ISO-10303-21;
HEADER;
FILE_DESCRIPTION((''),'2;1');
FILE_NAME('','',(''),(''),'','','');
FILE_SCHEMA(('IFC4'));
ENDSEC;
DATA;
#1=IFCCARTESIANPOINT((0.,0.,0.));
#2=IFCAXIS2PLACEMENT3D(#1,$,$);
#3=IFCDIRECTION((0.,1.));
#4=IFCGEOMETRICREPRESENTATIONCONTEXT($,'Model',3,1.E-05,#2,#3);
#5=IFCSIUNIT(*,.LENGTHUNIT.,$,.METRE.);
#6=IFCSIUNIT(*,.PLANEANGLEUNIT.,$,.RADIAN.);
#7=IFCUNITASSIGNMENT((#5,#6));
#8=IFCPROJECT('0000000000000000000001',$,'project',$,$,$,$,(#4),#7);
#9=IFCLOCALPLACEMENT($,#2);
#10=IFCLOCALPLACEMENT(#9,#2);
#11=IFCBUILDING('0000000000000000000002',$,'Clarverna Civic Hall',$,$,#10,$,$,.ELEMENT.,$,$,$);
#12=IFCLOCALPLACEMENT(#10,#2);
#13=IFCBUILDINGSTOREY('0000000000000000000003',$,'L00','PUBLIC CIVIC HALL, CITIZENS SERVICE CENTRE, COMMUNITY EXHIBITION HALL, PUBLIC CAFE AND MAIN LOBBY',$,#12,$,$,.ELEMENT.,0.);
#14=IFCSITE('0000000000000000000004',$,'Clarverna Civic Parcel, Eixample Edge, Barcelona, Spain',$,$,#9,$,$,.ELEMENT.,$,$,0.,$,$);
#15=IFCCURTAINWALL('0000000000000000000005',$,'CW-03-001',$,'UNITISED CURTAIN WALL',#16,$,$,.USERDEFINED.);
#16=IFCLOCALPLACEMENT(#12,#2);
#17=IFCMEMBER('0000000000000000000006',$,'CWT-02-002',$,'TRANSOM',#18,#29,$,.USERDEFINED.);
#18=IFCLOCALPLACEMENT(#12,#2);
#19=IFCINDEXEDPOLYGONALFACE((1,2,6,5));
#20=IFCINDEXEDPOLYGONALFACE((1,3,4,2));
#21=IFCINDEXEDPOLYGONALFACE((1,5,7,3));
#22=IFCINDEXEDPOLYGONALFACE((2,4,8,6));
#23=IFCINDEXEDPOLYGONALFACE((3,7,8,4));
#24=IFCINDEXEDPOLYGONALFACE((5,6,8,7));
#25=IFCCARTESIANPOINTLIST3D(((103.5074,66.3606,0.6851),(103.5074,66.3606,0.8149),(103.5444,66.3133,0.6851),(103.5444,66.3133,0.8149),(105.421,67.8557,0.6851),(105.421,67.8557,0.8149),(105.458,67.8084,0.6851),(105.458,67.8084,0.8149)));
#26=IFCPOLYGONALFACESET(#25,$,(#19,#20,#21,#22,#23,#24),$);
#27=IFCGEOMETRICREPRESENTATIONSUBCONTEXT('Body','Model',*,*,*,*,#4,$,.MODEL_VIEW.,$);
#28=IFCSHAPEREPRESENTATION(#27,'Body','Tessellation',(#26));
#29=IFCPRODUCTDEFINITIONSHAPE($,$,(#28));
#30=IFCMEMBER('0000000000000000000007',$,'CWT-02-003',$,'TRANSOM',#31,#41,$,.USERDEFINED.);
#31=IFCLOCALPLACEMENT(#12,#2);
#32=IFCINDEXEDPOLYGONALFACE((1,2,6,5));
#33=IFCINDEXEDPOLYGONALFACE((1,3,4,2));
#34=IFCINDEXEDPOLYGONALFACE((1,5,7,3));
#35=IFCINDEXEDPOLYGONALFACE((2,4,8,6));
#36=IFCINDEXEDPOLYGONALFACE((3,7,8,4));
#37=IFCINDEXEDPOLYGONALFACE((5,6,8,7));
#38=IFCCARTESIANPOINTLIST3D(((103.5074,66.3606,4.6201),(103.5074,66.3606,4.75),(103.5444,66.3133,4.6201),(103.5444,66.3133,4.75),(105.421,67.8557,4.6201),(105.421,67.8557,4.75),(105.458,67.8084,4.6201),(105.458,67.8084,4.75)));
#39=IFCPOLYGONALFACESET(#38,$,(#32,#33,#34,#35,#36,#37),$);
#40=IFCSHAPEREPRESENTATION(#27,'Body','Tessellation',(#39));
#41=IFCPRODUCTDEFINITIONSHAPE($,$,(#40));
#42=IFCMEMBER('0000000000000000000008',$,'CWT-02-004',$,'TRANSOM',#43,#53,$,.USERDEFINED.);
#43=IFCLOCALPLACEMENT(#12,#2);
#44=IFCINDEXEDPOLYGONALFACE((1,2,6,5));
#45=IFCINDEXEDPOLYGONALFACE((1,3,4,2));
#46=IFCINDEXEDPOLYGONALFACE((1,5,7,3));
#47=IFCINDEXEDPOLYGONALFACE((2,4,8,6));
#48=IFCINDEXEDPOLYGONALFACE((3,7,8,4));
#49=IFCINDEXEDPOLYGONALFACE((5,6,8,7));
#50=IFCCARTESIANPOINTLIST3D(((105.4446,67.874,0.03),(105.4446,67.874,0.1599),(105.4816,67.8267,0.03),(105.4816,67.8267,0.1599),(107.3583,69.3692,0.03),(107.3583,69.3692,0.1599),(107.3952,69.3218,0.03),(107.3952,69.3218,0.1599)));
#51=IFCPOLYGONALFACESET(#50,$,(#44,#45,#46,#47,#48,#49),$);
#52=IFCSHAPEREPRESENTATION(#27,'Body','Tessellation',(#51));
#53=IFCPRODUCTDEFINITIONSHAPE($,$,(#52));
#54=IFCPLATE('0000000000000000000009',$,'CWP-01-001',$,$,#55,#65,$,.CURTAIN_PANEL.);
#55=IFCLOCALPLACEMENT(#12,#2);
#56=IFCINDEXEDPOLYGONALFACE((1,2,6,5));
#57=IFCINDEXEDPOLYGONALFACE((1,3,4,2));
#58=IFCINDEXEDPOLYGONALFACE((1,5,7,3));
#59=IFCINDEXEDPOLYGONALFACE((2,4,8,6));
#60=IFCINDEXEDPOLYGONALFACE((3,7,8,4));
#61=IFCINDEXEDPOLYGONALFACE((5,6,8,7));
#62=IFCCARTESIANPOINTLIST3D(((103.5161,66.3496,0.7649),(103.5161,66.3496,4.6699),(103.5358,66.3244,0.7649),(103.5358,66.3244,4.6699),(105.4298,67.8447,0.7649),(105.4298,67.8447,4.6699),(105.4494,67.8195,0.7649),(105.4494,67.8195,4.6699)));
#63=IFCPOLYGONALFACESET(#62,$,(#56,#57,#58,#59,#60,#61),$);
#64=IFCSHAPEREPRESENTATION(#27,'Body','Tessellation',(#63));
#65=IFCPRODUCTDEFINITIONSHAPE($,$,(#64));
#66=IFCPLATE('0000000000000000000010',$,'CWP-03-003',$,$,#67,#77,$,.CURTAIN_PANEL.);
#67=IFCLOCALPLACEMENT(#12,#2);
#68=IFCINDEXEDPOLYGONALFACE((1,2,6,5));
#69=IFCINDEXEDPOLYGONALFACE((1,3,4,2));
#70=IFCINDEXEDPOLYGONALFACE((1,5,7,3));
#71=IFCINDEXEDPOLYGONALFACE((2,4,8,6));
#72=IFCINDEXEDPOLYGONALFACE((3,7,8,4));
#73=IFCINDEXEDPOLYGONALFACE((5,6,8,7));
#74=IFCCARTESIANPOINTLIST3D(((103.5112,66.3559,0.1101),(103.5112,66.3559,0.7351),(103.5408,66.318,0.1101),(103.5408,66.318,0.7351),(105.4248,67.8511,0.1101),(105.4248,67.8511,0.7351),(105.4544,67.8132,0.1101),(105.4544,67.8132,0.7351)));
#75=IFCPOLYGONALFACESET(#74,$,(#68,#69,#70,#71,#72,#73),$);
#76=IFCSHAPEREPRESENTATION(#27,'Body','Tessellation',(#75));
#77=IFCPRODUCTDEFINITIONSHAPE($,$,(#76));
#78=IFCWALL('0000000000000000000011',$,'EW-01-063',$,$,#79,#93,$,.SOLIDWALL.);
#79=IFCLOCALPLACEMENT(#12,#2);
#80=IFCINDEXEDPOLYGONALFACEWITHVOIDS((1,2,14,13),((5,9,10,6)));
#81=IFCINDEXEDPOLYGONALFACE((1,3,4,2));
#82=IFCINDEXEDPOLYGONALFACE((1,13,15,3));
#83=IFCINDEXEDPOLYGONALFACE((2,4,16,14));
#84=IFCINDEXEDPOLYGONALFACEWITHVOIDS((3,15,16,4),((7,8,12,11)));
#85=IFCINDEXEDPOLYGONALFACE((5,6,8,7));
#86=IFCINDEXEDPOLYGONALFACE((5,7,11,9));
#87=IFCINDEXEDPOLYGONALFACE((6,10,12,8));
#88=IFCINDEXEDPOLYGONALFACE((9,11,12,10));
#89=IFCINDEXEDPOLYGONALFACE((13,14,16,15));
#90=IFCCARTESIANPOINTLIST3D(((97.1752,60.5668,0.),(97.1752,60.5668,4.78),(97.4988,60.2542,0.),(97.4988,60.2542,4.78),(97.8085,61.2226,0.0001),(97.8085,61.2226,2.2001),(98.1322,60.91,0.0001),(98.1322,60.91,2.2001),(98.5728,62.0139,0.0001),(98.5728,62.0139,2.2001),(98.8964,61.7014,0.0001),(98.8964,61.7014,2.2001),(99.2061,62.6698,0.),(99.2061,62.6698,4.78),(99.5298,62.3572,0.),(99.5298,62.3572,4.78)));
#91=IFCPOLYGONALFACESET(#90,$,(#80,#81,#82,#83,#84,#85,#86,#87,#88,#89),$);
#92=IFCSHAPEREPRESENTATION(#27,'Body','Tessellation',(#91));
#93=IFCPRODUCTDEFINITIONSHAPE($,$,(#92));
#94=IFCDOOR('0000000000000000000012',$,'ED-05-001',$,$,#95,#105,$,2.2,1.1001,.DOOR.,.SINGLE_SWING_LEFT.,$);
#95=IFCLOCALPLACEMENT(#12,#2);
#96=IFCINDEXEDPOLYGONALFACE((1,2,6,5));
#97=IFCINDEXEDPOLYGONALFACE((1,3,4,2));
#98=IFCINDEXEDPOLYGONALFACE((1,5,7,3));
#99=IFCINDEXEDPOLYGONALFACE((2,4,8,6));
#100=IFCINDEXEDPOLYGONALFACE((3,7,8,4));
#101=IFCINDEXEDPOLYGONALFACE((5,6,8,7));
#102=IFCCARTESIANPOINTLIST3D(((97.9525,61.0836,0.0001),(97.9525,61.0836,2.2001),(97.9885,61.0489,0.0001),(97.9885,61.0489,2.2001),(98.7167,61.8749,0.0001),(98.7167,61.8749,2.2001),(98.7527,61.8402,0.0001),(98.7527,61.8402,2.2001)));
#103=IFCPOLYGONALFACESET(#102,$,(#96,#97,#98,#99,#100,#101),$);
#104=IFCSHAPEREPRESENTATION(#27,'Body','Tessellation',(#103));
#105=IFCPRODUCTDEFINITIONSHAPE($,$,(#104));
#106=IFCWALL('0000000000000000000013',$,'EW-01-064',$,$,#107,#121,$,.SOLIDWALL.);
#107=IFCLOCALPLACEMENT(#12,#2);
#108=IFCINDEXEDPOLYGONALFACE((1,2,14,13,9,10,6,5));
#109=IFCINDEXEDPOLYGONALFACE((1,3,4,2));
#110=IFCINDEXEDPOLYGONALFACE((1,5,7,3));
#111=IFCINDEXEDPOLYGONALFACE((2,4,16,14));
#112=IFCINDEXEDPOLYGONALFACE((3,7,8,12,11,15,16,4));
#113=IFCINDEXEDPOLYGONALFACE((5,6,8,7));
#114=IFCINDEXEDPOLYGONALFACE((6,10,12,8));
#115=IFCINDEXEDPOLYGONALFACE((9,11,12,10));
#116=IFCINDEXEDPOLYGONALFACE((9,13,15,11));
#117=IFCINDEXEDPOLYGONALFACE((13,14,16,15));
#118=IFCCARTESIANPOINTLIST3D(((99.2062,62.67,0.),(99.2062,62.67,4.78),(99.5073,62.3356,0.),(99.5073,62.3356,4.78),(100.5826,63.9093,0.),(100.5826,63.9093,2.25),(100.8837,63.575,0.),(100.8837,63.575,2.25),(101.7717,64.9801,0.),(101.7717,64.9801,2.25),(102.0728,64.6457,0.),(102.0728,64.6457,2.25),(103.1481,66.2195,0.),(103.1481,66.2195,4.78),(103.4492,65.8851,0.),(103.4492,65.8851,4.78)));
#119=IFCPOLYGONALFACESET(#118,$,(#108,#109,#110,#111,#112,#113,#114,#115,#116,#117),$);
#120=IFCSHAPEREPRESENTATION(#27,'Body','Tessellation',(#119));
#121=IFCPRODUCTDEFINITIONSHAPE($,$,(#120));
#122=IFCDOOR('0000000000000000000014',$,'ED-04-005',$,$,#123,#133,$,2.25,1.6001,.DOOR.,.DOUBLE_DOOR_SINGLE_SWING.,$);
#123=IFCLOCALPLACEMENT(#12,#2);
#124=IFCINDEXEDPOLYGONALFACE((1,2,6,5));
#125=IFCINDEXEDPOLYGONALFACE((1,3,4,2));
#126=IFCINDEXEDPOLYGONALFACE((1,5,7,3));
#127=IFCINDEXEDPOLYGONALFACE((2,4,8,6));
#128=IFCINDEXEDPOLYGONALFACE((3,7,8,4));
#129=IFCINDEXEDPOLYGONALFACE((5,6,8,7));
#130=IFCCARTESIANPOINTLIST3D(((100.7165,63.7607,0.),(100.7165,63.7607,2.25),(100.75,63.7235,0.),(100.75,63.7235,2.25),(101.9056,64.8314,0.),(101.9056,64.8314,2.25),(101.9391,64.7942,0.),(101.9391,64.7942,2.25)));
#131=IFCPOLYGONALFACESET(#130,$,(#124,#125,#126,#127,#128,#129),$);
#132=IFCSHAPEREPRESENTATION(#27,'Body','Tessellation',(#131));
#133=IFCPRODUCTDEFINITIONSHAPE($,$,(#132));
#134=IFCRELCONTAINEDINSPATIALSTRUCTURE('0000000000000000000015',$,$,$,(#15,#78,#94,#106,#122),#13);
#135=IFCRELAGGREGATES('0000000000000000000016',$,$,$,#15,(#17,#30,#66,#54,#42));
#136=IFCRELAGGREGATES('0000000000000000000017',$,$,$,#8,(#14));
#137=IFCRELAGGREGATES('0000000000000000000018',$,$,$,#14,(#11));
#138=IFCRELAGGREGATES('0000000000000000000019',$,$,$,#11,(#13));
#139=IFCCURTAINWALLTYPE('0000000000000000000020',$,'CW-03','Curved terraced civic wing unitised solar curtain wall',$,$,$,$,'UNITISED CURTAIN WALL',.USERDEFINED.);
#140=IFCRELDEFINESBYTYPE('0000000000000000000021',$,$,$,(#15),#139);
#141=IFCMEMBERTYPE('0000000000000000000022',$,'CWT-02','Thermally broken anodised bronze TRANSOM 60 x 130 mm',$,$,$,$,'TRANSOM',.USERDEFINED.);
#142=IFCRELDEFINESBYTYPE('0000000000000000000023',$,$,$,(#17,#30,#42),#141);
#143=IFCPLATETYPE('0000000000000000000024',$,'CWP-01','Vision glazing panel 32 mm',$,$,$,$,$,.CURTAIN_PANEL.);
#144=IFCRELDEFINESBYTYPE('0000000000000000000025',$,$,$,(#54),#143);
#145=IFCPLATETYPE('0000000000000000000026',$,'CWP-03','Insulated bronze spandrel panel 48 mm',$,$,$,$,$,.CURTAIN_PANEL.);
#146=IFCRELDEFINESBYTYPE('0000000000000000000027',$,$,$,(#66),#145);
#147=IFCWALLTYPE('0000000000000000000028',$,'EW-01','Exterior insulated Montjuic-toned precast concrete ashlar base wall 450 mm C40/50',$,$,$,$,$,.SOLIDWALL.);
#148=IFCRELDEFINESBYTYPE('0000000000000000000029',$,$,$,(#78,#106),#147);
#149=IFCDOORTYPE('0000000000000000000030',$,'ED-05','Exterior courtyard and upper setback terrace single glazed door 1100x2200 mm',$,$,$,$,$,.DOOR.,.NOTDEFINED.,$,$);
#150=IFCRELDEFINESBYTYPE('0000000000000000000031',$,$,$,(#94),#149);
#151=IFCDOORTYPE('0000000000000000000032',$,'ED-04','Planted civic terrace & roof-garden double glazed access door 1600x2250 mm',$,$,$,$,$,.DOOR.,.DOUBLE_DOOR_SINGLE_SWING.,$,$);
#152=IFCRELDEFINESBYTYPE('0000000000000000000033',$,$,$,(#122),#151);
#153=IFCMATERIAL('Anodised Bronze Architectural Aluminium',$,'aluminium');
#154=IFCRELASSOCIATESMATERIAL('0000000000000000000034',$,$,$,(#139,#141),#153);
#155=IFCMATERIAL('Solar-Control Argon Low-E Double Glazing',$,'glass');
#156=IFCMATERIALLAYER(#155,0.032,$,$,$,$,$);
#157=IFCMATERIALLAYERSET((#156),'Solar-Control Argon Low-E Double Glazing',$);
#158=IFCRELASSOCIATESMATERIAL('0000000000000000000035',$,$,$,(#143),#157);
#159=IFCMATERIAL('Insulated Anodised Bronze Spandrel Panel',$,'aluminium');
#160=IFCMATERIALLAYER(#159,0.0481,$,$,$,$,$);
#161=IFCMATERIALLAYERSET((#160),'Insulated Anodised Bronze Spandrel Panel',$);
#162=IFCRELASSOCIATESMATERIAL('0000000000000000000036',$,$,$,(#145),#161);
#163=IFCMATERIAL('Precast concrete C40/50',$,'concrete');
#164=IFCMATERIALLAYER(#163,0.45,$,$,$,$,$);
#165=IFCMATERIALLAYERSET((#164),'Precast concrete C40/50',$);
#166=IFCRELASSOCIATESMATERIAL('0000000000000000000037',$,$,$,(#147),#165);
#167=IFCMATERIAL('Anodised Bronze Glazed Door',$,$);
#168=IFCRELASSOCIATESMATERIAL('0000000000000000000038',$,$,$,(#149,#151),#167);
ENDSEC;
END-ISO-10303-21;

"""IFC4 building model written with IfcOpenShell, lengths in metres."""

from ifc_helpers import new_model, si_unit, direction, frame, frame_2d, origin, origin_2d, place, context, subcontext, project, spatial, rectangle, extrude, material, layer, layer_set, material_profile, profile_set, type_object, element, fill, aggregate, save


model = new_model("IFC4")

# Units and contexts
model_context = context("Model", 3, precision=1e-05, world=origin(), true_north=direction((0.0, 1.0)))
body_context = subcontext(model_context, "Body", "Model", "MODEL_VIEW")
ifc_project = project(units=[si_unit("LENGTHUNIT", "METRE"), si_unit("PLANEANGLEUNIT", "RADIAN")], contexts=[model_context])

# Site, building, storey
site_placement = place(None, origin())
site = spatial("IfcSite", under=ifc_project, at=site_placement, Name="Clarverna Civic Parcel, Eixample Edge, Barcelona, Spain", CompositionType="ELEMENT", RefElevation=0.0)
building_placement = place(site_placement, origin())
building = spatial("IfcBuilding", under=site, at=building_placement, Name="Clarverna Civic Hall", CompositionType="ELEMENT")
storey_placement = place(building_placement, origin())
storey = spatial("IfcBuildingStorey", under=building, at=storey_placement, Name="L00", Description="PUBLIC CIVIC HALL, CITIZENS SERVICE CENTRE, COMMUNITY EXHIBITION HALL, PUBLIC CAFE AND MAIN LOBBY", CompositionType="ELEMENT", Elevation=0.0)

# Curtain wall, members, plates
ifc_material_1 = material(Name="Anodised Bronze Architectural Aluminium", Category="aluminium")
curtain_wall_type = type_object("IfcCurtainWallType", Name="CW-03", Description="Curved terraced civic wing unitised solar curtain wall", ElementType="UNITISED CURTAIN WALL", PredefinedType="USERDEFINED", material=ifc_material_1)
curtain_wall_placement = place(storey_placement, origin())
curtain_wall = element("IfcCurtainWall", 1, at=curtain_wall_placement, inside=storey, type_object=curtain_wall_type, Name="CW-03-001", ObjectType="UNITISED CURTAIN WALL", PredefinedType="USERDEFINED")
ifc_material_profile_1 = material_profile(ifc_material_1, rectangle(XDim=0.0601, YDim=0.1299, at=origin_2d()), Name="BRONZE 60x130")
ifc_profile_set_1 = profile_set([ifc_material_profile_1], Name="Anodised Bronze Architectural Aluminium")
member_type_1 = type_object("IfcMemberType", Name="CWT-02", Description="Thermally broken anodised bronze TRANSOM 60 x 130 mm", ElementType="TRANSOM", PredefinedType="USERDEFINED", material=ifc_profile_set_1)
member_1_placement = place(storey_placement, frame((103.5259, 66.3369, 0.75), z_axis=(0.787997, 0.615679, 0.0), x_axis=(-0.615679, 0.787997, 0.0)))
member_1 = element("IfcMember", 2, at=member_1_placement, type_object=member_type_1, Name="CWT-02-002", ObjectType="TRANSOM", PredefinedType="USERDEFINED", context=body_context, shape_type="SweptSolid", body=[
    extrude(rectangle(XDim=0.0601, YDim=0.1299, at=origin_2d()), origin(), (0.0, 0.0, 1.0), 2.4285),
])
member_2_placement = place(storey_placement, frame((103.5259, 66.3369, 4.6851), z_axis=(0.787997, 0.615679, 0.0), x_axis=(-0.615679, 0.787997, 0.0)))
member_2 = element("IfcMember", 3, at=member_2_placement, type_object=member_type_1, Name="CWT-02-003", ObjectType="TRANSOM", PredefinedType="USERDEFINED", context=body_context, shape_type="SweptSolid", body=[
    extrude(rectangle(XDim=0.0601, YDim=0.1299, at=origin_2d()), origin(), (0.0, 0.0, 1.0), 2.4285),
])
member_3_placement = place(storey_placement, frame((105.4631, 67.8503, 0.095), z_axis=(0.787997, 0.615679, 0.0), x_axis=(-0.615679, 0.787997, 0.0)))
member_3 = element("IfcMember", 4, at=member_3_placement, type_object=member_type_1, Name="CWT-02-004", ObjectType="TRANSOM", PredefinedType="USERDEFINED", context=body_context, shape_type="SweptSolid", body=[
    extrude(rectangle(XDim=0.0601, YDim=0.1299, at=origin_2d()), origin(), (0.0, 0.0, 1.0), 2.4285),
])
ifc_material_2 = material(Name="Solar-Control Argon Low-E Double Glazing", Category="glass")
ifc_layer_1 = layer(ifc_material_2, 0.032)
ifc_layer_set_1 = layer_set([ifc_layer_1], Name="Solar-Control Argon Low-E Double Glazing")
plate_type_1 = type_object("IfcPlateType", Name="CWP-01", Description="Vision glazing panel 32 mm", PredefinedType="CURTAIN_PANEL", material=ifc_layer_set_1)
plate_1_placement = place(storey_placement, frame((103.5259, 66.3369, 0.7649), z_axis=(0.0, 0.0, 1.0), x_axis=(0.787997, 0.615679, 0.0)))
plate_1 = element("IfcPlate", 5, at=plate_1_placement, type_object=plate_type_1, Name="CWP-01-001", PredefinedType="CURTAIN_PANEL", context=body_context, shape_type="SweptSolid", body=[
    extrude(rectangle(XDim=2.4285, YDim=0.032, at=frame_2d((1.2144, 0.0))), origin(), (0.0, 0.0, 1.0), 3.905),
])
ifc_material_3 = material(Name="Insulated Anodised Bronze Spandrel Panel", Category="aluminium")
ifc_layer_2 = layer(ifc_material_3, 0.0481)
ifc_layer_set_2 = layer_set([ifc_layer_2], Name="Insulated Anodised Bronze Spandrel Panel")
plate_type_2 = type_object("IfcPlateType", Name="CWP-03", Description="Insulated bronze spandrel panel 48 mm", PredefinedType="CURTAIN_PANEL", material=ifc_layer_set_2)
plate_2_placement = place(storey_placement, frame((103.5259, 66.3369, 0.1101), z_axis=(0.0, 0.0, 1.0), x_axis=(0.787997, 0.615679, 0.0)))
plate_2 = element("IfcPlate", 6, at=plate_2_placement, type_object=plate_type_2, Name="CWP-03-003", PredefinedType="CURTAIN_PANEL", context=body_context, shape_type="SweptSolid", body=[
    extrude(rectangle(XDim=2.4285, YDim=0.0481, at=frame_2d((1.2144, 0.0))), origin(), (0.0, 0.0, 1.0), 0.625),
])
aggregate(curtain_wall, [member_1, member_2, plate_2, plate_1, member_3])

# Walls, openings, doors
ifc_material_4 = material(Name="Precast concrete C40/50", Category="concrete")
ifc_layer_3 = layer(ifc_material_4, 0.45)
ifc_layer_set_3 = layer_set([ifc_layer_3], Name="Precast concrete C40/50")
wall_type = type_object("IfcWallType", Name="EW-01", Description="Exterior insulated Montjuic-toned precast concrete ashlar base wall 450 mm C40/50", PredefinedType="SOLIDWALL", material=ifc_layer_set_3)
wall_1_placement = place(storey_placement, frame((97.3369, 60.4104, 0.0), z_axis=(0.0, 0.0, 1.0), x_axis=(0.694682, 0.719317, 0.0)))
wall_1 = element("IfcWall", 7, at=wall_1_placement, inside=storey, type_object=wall_type, Name="EW-01-063", PredefinedType="SOLIDWALL", context=body_context, shape_type="SweptSolid", body=[
    extrude(rectangle(XDim=2.9236, YDim=0.45, at=frame_2d((1.4619, 0.0))), origin(), (0.0, 0.0, 1.0), 4.78),
])
opening_1_placement = place(wall_1_placement, frame((0.9119, 0.0, 0.0)))
opening_1 = element("IfcOpeningElement", 8, at=opening_1_placement, cuts=wall_1, PredefinedType="OPENING", context=body_context, shape_type="SweptSolid", body=[
    extrude(rectangle(XDim=1.1001, YDim=2.2, at=frame_2d((0.55, 1.1001))), frame((0.0, 0.2349, 0.0), z_axis=(0.0, -1.0, 0.0), x_axis=(1.0, 0.0, 0.0)), (0.0, 0.0, 1.0), 0.47),
])
ifc_material_5 = material(Name="Anodised Bronze Glazed Door")
door_type_1 = type_object("IfcDoorType", Name="ED-05", Description="Exterior courtyard and upper setback terrace single glazed door 1100x2200 mm", OperationType="NOTDEFINED", PredefinedType="DOOR", material=ifc_material_5)
door_1_placement = place(opening_1_placement, origin())
door_1 = element("IfcDoor", 9, at=door_1_placement, inside=storey, type_object=door_type_1, Name="ED-05-001", OperationType="SINGLE_SWING_LEFT", OverallHeight=2.2, OverallWidth=1.1001, PredefinedType="DOOR", context=body_context, shape_type="SweptSolid", body=[
    extrude(rectangle(XDim=1.1001, YDim=2.2, at=frame_2d((0.55, 1.1001))), frame((0.0, 0.0249, 0.0), z_axis=(0.0, -1.0, 0.0), x_axis=(1.0, 0.0, 0.0)), (0.0, 0.0, 1.0), 0.05),
])
fill(opening_1, door_1)
wall_2_placement = place(storey_placement, frame((99.3567, 62.5027, 0.0), z_axis=(0.0, 0.0, 1.0), x_axis=(0.74312, 0.669158, 0.0)))
wall_2 = element("IfcWall", 10, at=wall_2_placement, inside=storey, type_object=wall_type, Name="EW-01-064", PredefinedType="SOLIDWALL", context=body_context, shape_type="SweptSolid", body=[
    extrude(rectangle(XDim=5.3044, YDim=0.45, at=frame_2d((2.6523, 0.0))), origin(), (0.0, 0.0, 1.0), 4.78),
])
opening_2_placement = place(wall_2_placement, frame((1.8523, 0.0, 0.0)))
opening_2 = element("IfcOpeningElement", 11, at=opening_2_placement, cuts=wall_2, PredefinedType="OPENING", context=body_context, shape_type="SweptSolid", body=[
    extrude(rectangle(XDim=1.6001, YDim=2.25, at=frame_2d((0.8, 1.125))), frame((0.0, 0.2349, 0.0), z_axis=(0.0, -1.0, 0.0), x_axis=(1.0, 0.0, 0.0)), (0.0, 0.0, 1.0), 0.47),
])
door_type_2 = type_object("IfcDoorType", Name="ED-04", Description="Planted civic terrace & roof-garden double glazed access door 1600x2250 mm", OperationType="DOUBLE_DOOR_SINGLE_SWING", PredefinedType="DOOR", material=ifc_material_5)
door_2_placement = place(opening_2_placement, origin())
door_2 = element("IfcDoor", 12, at=door_2_placement, inside=storey, type_object=door_type_2, Name="ED-04-005", OperationType="DOUBLE_DOOR_SINGLE_SWING", OverallHeight=2.25, OverallWidth=1.6001, PredefinedType="DOOR", context=body_context, shape_type="SweptSolid", body=[
    extrude(rectangle(XDim=1.6001, YDim=2.25, at=frame_2d((0.8, 1.125))), frame((0.0, 0.0249, 0.0), z_axis=(0.0, -1.0, 0.0), x_axis=(1.0, 0.0, 0.0)), (0.0, 0.0, 1.0), 0.05),
])
fill(opening_2, door_2)

save(model, "model.ifc")
